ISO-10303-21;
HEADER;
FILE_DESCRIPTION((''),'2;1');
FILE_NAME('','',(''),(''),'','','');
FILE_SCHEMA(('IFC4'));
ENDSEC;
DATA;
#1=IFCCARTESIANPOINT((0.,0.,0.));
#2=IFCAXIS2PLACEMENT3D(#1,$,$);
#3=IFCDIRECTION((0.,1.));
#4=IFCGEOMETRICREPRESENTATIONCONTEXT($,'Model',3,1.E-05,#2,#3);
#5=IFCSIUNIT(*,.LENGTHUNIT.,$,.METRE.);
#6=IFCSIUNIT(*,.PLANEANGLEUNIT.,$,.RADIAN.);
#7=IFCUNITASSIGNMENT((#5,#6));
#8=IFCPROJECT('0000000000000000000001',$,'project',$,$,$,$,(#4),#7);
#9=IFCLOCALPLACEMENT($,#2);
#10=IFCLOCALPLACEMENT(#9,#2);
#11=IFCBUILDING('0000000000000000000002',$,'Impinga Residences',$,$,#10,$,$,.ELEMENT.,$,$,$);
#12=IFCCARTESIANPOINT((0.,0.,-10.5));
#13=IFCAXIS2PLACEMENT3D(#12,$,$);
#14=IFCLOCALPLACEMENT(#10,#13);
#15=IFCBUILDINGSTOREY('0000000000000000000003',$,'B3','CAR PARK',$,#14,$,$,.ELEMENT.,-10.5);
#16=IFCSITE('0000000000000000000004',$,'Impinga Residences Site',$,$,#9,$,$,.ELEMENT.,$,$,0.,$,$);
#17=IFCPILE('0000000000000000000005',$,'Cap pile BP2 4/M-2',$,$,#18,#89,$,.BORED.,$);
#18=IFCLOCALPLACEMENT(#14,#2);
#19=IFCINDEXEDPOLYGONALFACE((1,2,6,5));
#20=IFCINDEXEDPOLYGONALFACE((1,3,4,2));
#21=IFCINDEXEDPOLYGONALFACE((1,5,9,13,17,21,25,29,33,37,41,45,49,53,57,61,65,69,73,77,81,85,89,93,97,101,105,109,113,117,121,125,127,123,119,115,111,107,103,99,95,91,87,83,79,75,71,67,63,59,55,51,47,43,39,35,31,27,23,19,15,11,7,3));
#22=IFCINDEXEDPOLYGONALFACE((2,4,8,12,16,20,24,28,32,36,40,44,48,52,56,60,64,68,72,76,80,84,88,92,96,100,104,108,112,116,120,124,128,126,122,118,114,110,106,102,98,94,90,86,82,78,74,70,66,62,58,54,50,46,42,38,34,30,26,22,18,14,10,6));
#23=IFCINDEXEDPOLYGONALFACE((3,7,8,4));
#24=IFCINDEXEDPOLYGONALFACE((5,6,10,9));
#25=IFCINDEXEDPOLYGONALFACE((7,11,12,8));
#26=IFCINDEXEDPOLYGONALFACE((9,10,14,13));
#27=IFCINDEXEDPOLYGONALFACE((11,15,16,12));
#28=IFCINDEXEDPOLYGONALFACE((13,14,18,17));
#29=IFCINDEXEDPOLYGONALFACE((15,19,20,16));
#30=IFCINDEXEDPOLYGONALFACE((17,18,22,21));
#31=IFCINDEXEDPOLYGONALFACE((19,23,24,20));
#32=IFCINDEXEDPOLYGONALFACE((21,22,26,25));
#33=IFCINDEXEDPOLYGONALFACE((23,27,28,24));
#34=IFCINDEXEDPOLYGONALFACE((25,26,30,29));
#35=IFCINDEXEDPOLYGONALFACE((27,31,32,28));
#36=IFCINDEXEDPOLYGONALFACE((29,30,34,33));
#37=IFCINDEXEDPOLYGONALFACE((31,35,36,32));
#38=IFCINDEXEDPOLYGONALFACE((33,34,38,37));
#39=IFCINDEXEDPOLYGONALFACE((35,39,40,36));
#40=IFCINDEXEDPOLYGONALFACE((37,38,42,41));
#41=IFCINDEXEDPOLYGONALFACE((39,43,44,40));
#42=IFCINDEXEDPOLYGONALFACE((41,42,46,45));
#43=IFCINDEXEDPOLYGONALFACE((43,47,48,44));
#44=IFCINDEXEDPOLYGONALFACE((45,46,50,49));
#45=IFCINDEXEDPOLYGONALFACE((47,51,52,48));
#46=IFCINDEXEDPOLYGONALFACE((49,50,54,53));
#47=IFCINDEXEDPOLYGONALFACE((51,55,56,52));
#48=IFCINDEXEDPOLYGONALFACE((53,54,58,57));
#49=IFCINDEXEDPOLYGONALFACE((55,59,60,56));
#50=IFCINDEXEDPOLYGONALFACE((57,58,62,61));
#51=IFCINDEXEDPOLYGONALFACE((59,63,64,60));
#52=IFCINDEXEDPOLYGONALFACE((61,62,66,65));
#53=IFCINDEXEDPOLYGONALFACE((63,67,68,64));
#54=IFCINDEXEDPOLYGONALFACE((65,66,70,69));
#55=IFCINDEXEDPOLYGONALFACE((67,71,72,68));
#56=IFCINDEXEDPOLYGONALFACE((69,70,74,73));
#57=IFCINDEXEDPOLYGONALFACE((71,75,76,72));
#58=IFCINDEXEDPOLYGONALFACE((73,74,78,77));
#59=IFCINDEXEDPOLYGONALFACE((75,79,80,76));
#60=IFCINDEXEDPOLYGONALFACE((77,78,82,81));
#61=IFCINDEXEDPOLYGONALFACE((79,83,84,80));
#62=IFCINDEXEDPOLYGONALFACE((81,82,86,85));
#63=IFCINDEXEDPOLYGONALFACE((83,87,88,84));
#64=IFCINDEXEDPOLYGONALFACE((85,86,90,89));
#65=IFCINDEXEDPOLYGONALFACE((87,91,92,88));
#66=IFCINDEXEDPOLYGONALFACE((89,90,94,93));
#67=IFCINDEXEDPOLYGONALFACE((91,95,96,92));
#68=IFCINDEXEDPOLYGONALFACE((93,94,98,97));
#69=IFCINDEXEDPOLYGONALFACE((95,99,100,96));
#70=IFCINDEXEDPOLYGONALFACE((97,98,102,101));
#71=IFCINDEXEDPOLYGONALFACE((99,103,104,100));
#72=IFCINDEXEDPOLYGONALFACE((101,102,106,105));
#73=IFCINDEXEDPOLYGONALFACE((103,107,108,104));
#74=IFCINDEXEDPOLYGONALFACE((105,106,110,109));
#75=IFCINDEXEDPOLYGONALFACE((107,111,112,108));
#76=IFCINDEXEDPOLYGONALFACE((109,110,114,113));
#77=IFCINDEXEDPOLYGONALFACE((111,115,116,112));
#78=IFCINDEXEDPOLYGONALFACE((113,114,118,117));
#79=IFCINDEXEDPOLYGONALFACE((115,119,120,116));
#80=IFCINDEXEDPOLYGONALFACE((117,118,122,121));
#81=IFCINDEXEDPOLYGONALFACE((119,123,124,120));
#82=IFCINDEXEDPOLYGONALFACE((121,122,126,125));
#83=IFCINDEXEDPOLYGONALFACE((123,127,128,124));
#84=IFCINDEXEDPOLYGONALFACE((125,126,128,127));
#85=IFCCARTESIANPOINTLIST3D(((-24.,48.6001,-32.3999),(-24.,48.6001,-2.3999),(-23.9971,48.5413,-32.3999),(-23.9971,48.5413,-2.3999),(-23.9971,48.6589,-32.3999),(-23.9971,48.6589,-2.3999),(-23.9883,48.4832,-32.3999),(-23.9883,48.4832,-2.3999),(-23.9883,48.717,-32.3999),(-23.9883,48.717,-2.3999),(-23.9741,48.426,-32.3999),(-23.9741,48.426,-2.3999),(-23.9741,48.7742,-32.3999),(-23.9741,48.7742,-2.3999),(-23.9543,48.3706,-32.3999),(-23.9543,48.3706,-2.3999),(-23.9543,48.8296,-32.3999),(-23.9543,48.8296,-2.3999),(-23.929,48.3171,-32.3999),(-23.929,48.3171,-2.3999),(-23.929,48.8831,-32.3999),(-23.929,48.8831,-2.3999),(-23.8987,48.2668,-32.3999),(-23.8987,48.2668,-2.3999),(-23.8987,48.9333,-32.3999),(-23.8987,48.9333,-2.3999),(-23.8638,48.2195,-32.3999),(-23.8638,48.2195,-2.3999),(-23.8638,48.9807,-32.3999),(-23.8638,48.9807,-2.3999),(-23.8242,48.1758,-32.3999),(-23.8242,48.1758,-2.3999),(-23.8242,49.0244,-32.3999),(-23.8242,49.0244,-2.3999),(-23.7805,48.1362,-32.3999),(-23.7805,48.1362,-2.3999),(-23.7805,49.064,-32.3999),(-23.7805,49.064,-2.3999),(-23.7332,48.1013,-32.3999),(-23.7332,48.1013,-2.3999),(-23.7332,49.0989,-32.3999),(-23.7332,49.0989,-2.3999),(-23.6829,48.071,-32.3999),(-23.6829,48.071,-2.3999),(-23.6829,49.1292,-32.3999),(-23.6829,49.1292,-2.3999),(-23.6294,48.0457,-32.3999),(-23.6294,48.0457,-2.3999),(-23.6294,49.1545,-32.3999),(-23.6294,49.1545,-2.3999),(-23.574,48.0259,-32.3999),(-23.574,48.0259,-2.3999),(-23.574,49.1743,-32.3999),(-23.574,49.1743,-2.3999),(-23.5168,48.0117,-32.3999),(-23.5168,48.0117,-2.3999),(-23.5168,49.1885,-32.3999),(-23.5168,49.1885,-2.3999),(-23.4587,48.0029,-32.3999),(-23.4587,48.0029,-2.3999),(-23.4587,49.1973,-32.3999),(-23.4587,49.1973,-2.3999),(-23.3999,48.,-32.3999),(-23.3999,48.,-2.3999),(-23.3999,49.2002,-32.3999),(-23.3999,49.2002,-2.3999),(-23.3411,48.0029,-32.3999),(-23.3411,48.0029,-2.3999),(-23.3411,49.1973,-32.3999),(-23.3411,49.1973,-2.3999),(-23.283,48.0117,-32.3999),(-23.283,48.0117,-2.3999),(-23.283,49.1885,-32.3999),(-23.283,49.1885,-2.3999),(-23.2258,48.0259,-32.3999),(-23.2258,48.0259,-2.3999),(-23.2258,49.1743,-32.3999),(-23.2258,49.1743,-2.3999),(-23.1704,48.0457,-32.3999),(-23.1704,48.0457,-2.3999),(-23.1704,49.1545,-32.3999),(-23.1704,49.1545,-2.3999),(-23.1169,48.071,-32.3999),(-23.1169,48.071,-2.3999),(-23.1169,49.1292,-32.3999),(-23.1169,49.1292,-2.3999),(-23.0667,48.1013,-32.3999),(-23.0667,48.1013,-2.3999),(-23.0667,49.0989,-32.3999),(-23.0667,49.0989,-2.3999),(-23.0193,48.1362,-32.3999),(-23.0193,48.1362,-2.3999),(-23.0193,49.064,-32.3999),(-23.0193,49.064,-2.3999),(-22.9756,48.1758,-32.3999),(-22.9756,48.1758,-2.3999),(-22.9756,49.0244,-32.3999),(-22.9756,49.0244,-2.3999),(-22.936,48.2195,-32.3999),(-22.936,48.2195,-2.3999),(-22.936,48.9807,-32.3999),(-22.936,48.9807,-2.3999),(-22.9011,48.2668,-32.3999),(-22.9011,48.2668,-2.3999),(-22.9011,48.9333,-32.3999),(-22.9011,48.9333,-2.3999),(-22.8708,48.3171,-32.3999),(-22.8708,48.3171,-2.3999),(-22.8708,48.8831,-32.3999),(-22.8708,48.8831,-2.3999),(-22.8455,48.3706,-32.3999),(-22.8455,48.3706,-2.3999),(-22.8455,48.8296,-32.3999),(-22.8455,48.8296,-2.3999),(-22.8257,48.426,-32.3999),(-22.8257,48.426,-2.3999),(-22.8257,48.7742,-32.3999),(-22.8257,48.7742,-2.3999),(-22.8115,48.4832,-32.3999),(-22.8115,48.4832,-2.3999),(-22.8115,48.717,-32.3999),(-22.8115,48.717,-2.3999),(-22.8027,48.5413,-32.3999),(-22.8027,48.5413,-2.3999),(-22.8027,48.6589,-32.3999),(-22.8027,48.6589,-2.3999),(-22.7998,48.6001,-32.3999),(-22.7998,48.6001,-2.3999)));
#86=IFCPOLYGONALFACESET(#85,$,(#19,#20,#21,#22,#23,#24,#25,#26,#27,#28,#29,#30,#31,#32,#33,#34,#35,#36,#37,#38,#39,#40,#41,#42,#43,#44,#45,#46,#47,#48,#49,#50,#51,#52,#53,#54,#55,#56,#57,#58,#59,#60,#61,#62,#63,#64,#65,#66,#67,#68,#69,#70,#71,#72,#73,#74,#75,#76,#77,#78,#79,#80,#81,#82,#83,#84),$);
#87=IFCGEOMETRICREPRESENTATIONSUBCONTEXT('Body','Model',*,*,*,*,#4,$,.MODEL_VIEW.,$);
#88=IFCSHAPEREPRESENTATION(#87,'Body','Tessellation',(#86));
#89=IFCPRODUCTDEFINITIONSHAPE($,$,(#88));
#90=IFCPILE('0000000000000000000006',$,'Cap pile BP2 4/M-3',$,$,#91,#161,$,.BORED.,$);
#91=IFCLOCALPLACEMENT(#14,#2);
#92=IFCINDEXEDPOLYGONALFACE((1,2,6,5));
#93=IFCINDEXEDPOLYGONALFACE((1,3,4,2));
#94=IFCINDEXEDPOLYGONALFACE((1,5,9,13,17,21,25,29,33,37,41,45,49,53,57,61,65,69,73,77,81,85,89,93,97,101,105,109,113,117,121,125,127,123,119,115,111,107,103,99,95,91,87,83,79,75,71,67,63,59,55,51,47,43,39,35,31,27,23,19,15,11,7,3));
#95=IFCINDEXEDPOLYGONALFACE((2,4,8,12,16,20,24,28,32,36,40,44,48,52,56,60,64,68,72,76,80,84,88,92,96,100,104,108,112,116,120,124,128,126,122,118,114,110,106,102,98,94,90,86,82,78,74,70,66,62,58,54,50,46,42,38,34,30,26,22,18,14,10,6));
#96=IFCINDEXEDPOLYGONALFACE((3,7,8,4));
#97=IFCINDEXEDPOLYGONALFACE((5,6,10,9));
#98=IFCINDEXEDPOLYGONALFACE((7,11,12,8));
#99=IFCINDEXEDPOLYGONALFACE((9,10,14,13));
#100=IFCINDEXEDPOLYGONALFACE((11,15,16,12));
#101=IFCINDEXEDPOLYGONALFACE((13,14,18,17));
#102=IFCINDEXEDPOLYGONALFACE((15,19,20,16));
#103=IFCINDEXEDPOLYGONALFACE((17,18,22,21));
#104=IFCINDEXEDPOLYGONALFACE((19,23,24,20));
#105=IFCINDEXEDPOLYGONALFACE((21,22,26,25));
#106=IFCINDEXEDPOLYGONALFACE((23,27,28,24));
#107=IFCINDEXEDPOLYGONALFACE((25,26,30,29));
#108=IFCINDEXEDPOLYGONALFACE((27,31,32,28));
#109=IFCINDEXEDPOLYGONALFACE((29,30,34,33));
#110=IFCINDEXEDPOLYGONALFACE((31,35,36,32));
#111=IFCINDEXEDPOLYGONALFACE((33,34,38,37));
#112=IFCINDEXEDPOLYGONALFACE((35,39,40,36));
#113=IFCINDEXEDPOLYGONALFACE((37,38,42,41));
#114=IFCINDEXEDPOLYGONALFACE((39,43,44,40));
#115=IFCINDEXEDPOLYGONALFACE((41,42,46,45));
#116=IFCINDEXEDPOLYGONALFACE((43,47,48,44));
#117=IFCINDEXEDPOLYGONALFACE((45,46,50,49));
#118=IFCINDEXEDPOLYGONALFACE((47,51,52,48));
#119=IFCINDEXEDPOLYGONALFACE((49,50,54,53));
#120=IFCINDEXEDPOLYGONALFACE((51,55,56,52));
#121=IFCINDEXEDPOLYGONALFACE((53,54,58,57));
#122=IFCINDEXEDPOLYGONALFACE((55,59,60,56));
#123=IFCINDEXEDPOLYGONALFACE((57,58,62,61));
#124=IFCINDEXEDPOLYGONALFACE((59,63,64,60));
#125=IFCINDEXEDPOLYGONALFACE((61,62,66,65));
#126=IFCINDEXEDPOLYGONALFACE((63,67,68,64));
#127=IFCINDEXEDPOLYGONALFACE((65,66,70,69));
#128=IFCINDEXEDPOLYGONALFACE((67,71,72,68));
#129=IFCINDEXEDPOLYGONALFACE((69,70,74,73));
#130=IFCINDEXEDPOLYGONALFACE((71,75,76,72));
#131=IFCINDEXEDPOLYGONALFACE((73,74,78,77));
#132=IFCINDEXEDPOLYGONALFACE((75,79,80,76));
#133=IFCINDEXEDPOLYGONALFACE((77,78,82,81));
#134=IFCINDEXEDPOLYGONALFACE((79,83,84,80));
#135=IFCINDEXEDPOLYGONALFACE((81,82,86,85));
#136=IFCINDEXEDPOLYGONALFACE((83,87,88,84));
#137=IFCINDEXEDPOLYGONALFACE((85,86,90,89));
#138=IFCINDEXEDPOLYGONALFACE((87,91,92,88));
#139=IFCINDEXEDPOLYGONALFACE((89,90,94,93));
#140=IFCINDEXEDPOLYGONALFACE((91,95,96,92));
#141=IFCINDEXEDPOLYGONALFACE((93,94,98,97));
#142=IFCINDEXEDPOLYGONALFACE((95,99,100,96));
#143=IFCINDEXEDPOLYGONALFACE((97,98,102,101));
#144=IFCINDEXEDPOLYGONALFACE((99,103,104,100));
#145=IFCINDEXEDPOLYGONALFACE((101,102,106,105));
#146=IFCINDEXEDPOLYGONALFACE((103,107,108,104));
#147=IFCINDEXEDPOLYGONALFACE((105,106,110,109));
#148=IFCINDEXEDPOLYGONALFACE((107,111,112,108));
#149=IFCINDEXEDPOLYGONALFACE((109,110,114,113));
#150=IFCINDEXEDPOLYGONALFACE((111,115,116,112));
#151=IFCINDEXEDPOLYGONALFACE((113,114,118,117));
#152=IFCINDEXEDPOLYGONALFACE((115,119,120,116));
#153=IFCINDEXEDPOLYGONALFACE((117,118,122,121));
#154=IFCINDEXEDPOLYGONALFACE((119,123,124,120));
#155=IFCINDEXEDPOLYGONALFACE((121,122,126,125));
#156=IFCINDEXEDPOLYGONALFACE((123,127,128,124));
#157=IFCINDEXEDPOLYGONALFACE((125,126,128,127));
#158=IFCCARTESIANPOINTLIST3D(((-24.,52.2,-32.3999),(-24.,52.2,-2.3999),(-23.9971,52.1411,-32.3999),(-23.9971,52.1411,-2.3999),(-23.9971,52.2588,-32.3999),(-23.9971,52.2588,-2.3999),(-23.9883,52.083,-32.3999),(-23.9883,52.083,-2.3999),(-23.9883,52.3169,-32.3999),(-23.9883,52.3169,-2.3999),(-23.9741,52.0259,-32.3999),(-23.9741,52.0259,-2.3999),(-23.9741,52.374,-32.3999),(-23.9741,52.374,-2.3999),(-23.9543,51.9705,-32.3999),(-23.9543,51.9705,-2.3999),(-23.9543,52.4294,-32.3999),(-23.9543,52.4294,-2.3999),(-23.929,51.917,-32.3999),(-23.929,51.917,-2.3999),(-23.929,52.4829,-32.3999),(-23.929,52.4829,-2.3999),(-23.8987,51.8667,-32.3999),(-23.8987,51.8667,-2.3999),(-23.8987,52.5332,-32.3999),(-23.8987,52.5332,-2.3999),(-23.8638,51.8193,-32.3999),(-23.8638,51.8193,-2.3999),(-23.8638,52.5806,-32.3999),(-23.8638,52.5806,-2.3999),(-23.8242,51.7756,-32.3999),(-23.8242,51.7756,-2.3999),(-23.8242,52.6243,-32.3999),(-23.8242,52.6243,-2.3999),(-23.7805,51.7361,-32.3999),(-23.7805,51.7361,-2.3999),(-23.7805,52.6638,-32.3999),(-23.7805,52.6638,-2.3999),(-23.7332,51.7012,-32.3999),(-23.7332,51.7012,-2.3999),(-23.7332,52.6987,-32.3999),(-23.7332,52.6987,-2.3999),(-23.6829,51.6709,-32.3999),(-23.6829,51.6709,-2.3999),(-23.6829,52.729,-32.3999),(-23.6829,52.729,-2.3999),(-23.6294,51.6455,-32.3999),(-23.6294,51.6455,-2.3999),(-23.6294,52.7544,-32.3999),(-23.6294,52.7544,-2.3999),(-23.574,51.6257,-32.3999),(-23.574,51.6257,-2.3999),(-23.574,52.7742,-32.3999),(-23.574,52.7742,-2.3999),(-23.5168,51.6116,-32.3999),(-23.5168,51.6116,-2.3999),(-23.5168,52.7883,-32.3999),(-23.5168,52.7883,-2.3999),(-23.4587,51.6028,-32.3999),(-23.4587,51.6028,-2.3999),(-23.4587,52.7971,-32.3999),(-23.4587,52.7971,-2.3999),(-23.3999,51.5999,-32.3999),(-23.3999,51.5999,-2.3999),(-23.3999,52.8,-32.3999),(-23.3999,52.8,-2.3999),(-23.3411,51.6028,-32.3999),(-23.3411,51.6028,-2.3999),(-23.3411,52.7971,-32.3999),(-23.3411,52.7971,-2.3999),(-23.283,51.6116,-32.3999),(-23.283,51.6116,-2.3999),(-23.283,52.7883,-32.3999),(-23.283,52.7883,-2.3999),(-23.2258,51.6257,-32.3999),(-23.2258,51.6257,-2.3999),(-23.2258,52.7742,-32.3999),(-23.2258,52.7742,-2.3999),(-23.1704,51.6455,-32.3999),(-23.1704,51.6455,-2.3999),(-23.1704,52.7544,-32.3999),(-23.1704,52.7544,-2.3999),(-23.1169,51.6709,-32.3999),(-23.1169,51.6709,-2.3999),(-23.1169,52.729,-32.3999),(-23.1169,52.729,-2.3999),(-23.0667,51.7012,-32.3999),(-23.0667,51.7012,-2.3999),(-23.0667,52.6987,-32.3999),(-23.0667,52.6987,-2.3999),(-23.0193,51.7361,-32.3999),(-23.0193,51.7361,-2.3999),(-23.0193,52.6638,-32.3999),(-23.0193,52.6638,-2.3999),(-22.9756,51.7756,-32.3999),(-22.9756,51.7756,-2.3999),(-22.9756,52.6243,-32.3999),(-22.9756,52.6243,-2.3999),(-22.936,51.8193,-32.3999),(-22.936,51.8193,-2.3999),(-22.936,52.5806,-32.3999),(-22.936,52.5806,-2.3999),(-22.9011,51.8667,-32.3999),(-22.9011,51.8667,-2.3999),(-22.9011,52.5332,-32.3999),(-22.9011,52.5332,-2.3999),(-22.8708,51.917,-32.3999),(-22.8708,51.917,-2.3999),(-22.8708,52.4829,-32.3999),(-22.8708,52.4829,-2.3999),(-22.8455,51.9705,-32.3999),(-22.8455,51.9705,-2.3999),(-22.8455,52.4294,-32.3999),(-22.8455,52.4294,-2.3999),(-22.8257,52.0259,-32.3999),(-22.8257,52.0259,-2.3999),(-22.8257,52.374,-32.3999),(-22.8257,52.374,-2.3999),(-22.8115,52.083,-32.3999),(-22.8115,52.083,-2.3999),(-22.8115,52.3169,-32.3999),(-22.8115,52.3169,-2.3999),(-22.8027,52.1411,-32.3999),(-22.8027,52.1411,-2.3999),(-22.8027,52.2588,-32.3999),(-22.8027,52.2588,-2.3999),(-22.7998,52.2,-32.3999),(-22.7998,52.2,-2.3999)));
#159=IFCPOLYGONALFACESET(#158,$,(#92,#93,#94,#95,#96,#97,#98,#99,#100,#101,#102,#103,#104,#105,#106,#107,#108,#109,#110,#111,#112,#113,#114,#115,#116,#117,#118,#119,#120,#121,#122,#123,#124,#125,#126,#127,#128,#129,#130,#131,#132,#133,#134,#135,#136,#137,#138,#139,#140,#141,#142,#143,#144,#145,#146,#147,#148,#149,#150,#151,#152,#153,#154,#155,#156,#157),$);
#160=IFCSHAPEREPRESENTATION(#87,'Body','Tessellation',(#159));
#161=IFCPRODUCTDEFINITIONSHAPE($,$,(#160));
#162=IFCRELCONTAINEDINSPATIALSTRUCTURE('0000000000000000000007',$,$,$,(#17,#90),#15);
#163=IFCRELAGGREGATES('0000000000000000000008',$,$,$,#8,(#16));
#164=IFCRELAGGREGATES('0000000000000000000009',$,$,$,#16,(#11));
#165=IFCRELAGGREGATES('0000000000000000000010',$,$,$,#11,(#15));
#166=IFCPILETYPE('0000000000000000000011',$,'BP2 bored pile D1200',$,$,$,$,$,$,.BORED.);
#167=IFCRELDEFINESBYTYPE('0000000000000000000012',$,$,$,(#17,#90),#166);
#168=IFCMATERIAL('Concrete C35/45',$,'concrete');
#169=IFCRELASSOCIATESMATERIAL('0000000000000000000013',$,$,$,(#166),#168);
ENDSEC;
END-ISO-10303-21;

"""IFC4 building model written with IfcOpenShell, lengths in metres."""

from ifc_helpers import new_model, si_unit, direction, frame, origin, origin_2d, place, context, subcontext, project, spatial, polyline, circle, outline, extrude, material, material_profile, profile_set, type_object, element, save


model = new_model("IFC4")

# Units and contexts
model_context = context("Model", 3, precision=1e-05, world=origin(), true_north=direction((0.0, 1.0)))
body_context = subcontext(model_context, "Body", "Model", "MODEL_VIEW")
ifc_project = project(units=[si_unit("LENGTHUNIT", "METRE"), si_unit("PLANEANGLEUNIT", "RADIAN")], contexts=[model_context])

# Site, building, storey
site_placement = place(None, origin())
site = spatial("IfcSite", under=ifc_project, at=site_placement, Name="Impinga Residences Site", CompositionType="ELEMENT", RefElevation=0.0)
building_placement = place(site_placement, origin())
building = spatial("IfcBuilding", under=site, at=building_placement, Name="Impinga Residences", CompositionType="ELEMENT")
storey_placement = place(building_placement, frame((0.0, 0.0, -10.5)))
storey = spatial("IfcBuildingStorey", under=building, at=storey_placement, Name="B3", Description="CAR PARK", CompositionType="ELEMENT", Elevation=-10.5)

# Piles
ifc_material_1 = material(Name="Concrete C35/45", Category="concrete")
ifc_material_profile_1 = material_profile(ifc_material_1, circle(Radius=0.6001, at=origin_2d()), Name="D1200")
ifc_profile_set_1 = profile_set([ifc_material_profile_1], Name="Concrete C35/45")
pile_type_1 = type_object("IfcPileType", Name="BP2 bored pile D1200", PredefinedType="BORED", material=ifc_profile_set_1)
pile_1_placement = place(storey_placement, frame((-23.3999, 48.6001, -2.3999), z_axis=(0.0, 0.0, -1.0), x_axis=(1.0, 0.0, 0.0)))
element("IfcPile", 1, at=pile_1_placement, inside=storey, type_object=pile_type_1, Name="Cap pile BP2 4/M-2", PredefinedType="BORED", context=body_context, shape_type="SweptSolid", body=[
    extrude(outline(polyline([(0.6001, 0.0), (0.5972, 0.0588), (0.5884, 0.1169), (0.5742, 0.1741), (0.5544, 0.2295), (0.5291, 0.283), (0.4988, 0.3333), (0.4639, 0.3806), (0.4243, 0.4243), (0.3806, 0.4639), (0.3333, 0.4988), (0.283, 0.5291), (0.2295, 0.5544), (0.1741, 0.5742), (0.1169, 0.5884), (0.0588, 0.5972), (0.0, 0.6001), (-0.0588, 0.5972), (-0.1169, 0.5884), (-0.1741, 0.5742), (-0.2295, 0.5544), (-0.283, 0.5291), (-0.3333, 0.4988), (-0.3806, 0.4639), (-0.4243, 0.4243), (-0.4639, 0.3806), (-0.4988, 0.3333), (-0.5291, 0.283), (-0.5544, 0.2295), (-0.5742, 0.1741), (-0.5884, 0.1169), (-0.5972, 0.0588), (-0.6001, 0.0), (-0.5972, -0.0588), (-0.5884, -0.1169), (-0.5742, -0.1741), (-0.5544, -0.2295), (-0.5291, -0.283), (-0.4988, -0.3333), (-0.4639, -0.3806), (-0.4243, -0.4243), (-0.3806, -0.4639), (-0.3333, -0.4988), (-0.283, -0.5291), (-0.2295, -0.5544), (-0.1741, -0.5742), (-0.1169, -0.5884), (-0.0588, -0.5972), (0.0, -0.6001), (0.0588, -0.5972), (0.1169, -0.5884), (0.1741, -0.5742), (0.2295, -0.5544), (0.283, -0.5291), (0.3333, -0.4988), (0.3806, -0.4639), (0.4243, -0.4243), (0.4639, -0.3806), (0.4988, -0.3333), (0.5291, -0.283), (0.5544, -0.2295), (0.5742, -0.1741), (0.5884, -0.1169), (0.5972, -0.0588), (0.6001, 0.0)])), origin(), (0.0, 0.0, 1.0), 30.0),
])
pile_2_placement = place(storey_placement, frame((-23.3999, 52.2, -2.3999), z_axis=(0.0, 0.0, -1.0), x_axis=(1.0, 0.0, 0.0)))
element("IfcPile", 2, at=pile_2_placement, inside=storey, type_object=pile_type_1, Name="Cap pile BP2 4/M-3", PredefinedType="BORED", context=body_context, shape_type="SweptSolid", body=[
    extrude(outline(polyline([(0.6001, 0.0), (0.5972, 0.0588), (0.5884, 0.1169), (0.5742, 0.1741), (0.5544, 0.2295), (0.5291, 0.283), (0.4988, 0.3333), (0.4639, 0.3806), (0.4243, 0.4243), (0.3806, 0.4639), (0.3333, 0.4988), (0.283, 0.5291), (0.2295, 0.5544), (0.1741, 0.5742), (0.1169, 0.5884), (0.0588, 0.5972), (0.0, 0.6001), (-0.0588, 0.5972), (-0.1169, 0.5884), (-0.1741, 0.5742), (-0.2295, 0.5544), (-0.283, 0.5291), (-0.3333, 0.4988), (-0.3806, 0.4639), (-0.4243, 0.4243), (-0.4639, 0.3806), (-0.4988, 0.3333), (-0.5291, 0.283), (-0.5544, 0.2295), (-0.5742, 0.1741), (-0.5884, 0.1169), (-0.5972, 0.0588), (-0.6001, 0.0), (-0.5972, -0.0588), (-0.5884, -0.1169), (-0.5742, -0.1741), (-0.5544, -0.2295), (-0.5291, -0.283), (-0.4988, -0.3333), (-0.4639, -0.3806), (-0.4243, -0.4243), (-0.3806, -0.4639), (-0.3333, -0.4988), (-0.283, -0.5291), (-0.2295, -0.5544), (-0.1741, -0.5742), (-0.1169, -0.5884), (-0.0588, -0.5972), (0.0, -0.6001), (0.0588, -0.5972), (0.1169, -0.5884), (0.1741, -0.5742), (0.2295, -0.5544), (0.283, -0.5291), (0.3333, -0.4988), (0.3806, -0.4639), (0.4243, -0.4243), (0.4639, -0.3806), (0.4988, -0.3333), (0.5291, -0.283), (0.5544, -0.2295), (0.5742, -0.1741), (0.5884, -0.1169), (0.5972, -0.0588), (0.6001, 0.0)])), origin(), (0.0, 0.0, 1.0), 30.0),
])

save(model, "model.ifc")
